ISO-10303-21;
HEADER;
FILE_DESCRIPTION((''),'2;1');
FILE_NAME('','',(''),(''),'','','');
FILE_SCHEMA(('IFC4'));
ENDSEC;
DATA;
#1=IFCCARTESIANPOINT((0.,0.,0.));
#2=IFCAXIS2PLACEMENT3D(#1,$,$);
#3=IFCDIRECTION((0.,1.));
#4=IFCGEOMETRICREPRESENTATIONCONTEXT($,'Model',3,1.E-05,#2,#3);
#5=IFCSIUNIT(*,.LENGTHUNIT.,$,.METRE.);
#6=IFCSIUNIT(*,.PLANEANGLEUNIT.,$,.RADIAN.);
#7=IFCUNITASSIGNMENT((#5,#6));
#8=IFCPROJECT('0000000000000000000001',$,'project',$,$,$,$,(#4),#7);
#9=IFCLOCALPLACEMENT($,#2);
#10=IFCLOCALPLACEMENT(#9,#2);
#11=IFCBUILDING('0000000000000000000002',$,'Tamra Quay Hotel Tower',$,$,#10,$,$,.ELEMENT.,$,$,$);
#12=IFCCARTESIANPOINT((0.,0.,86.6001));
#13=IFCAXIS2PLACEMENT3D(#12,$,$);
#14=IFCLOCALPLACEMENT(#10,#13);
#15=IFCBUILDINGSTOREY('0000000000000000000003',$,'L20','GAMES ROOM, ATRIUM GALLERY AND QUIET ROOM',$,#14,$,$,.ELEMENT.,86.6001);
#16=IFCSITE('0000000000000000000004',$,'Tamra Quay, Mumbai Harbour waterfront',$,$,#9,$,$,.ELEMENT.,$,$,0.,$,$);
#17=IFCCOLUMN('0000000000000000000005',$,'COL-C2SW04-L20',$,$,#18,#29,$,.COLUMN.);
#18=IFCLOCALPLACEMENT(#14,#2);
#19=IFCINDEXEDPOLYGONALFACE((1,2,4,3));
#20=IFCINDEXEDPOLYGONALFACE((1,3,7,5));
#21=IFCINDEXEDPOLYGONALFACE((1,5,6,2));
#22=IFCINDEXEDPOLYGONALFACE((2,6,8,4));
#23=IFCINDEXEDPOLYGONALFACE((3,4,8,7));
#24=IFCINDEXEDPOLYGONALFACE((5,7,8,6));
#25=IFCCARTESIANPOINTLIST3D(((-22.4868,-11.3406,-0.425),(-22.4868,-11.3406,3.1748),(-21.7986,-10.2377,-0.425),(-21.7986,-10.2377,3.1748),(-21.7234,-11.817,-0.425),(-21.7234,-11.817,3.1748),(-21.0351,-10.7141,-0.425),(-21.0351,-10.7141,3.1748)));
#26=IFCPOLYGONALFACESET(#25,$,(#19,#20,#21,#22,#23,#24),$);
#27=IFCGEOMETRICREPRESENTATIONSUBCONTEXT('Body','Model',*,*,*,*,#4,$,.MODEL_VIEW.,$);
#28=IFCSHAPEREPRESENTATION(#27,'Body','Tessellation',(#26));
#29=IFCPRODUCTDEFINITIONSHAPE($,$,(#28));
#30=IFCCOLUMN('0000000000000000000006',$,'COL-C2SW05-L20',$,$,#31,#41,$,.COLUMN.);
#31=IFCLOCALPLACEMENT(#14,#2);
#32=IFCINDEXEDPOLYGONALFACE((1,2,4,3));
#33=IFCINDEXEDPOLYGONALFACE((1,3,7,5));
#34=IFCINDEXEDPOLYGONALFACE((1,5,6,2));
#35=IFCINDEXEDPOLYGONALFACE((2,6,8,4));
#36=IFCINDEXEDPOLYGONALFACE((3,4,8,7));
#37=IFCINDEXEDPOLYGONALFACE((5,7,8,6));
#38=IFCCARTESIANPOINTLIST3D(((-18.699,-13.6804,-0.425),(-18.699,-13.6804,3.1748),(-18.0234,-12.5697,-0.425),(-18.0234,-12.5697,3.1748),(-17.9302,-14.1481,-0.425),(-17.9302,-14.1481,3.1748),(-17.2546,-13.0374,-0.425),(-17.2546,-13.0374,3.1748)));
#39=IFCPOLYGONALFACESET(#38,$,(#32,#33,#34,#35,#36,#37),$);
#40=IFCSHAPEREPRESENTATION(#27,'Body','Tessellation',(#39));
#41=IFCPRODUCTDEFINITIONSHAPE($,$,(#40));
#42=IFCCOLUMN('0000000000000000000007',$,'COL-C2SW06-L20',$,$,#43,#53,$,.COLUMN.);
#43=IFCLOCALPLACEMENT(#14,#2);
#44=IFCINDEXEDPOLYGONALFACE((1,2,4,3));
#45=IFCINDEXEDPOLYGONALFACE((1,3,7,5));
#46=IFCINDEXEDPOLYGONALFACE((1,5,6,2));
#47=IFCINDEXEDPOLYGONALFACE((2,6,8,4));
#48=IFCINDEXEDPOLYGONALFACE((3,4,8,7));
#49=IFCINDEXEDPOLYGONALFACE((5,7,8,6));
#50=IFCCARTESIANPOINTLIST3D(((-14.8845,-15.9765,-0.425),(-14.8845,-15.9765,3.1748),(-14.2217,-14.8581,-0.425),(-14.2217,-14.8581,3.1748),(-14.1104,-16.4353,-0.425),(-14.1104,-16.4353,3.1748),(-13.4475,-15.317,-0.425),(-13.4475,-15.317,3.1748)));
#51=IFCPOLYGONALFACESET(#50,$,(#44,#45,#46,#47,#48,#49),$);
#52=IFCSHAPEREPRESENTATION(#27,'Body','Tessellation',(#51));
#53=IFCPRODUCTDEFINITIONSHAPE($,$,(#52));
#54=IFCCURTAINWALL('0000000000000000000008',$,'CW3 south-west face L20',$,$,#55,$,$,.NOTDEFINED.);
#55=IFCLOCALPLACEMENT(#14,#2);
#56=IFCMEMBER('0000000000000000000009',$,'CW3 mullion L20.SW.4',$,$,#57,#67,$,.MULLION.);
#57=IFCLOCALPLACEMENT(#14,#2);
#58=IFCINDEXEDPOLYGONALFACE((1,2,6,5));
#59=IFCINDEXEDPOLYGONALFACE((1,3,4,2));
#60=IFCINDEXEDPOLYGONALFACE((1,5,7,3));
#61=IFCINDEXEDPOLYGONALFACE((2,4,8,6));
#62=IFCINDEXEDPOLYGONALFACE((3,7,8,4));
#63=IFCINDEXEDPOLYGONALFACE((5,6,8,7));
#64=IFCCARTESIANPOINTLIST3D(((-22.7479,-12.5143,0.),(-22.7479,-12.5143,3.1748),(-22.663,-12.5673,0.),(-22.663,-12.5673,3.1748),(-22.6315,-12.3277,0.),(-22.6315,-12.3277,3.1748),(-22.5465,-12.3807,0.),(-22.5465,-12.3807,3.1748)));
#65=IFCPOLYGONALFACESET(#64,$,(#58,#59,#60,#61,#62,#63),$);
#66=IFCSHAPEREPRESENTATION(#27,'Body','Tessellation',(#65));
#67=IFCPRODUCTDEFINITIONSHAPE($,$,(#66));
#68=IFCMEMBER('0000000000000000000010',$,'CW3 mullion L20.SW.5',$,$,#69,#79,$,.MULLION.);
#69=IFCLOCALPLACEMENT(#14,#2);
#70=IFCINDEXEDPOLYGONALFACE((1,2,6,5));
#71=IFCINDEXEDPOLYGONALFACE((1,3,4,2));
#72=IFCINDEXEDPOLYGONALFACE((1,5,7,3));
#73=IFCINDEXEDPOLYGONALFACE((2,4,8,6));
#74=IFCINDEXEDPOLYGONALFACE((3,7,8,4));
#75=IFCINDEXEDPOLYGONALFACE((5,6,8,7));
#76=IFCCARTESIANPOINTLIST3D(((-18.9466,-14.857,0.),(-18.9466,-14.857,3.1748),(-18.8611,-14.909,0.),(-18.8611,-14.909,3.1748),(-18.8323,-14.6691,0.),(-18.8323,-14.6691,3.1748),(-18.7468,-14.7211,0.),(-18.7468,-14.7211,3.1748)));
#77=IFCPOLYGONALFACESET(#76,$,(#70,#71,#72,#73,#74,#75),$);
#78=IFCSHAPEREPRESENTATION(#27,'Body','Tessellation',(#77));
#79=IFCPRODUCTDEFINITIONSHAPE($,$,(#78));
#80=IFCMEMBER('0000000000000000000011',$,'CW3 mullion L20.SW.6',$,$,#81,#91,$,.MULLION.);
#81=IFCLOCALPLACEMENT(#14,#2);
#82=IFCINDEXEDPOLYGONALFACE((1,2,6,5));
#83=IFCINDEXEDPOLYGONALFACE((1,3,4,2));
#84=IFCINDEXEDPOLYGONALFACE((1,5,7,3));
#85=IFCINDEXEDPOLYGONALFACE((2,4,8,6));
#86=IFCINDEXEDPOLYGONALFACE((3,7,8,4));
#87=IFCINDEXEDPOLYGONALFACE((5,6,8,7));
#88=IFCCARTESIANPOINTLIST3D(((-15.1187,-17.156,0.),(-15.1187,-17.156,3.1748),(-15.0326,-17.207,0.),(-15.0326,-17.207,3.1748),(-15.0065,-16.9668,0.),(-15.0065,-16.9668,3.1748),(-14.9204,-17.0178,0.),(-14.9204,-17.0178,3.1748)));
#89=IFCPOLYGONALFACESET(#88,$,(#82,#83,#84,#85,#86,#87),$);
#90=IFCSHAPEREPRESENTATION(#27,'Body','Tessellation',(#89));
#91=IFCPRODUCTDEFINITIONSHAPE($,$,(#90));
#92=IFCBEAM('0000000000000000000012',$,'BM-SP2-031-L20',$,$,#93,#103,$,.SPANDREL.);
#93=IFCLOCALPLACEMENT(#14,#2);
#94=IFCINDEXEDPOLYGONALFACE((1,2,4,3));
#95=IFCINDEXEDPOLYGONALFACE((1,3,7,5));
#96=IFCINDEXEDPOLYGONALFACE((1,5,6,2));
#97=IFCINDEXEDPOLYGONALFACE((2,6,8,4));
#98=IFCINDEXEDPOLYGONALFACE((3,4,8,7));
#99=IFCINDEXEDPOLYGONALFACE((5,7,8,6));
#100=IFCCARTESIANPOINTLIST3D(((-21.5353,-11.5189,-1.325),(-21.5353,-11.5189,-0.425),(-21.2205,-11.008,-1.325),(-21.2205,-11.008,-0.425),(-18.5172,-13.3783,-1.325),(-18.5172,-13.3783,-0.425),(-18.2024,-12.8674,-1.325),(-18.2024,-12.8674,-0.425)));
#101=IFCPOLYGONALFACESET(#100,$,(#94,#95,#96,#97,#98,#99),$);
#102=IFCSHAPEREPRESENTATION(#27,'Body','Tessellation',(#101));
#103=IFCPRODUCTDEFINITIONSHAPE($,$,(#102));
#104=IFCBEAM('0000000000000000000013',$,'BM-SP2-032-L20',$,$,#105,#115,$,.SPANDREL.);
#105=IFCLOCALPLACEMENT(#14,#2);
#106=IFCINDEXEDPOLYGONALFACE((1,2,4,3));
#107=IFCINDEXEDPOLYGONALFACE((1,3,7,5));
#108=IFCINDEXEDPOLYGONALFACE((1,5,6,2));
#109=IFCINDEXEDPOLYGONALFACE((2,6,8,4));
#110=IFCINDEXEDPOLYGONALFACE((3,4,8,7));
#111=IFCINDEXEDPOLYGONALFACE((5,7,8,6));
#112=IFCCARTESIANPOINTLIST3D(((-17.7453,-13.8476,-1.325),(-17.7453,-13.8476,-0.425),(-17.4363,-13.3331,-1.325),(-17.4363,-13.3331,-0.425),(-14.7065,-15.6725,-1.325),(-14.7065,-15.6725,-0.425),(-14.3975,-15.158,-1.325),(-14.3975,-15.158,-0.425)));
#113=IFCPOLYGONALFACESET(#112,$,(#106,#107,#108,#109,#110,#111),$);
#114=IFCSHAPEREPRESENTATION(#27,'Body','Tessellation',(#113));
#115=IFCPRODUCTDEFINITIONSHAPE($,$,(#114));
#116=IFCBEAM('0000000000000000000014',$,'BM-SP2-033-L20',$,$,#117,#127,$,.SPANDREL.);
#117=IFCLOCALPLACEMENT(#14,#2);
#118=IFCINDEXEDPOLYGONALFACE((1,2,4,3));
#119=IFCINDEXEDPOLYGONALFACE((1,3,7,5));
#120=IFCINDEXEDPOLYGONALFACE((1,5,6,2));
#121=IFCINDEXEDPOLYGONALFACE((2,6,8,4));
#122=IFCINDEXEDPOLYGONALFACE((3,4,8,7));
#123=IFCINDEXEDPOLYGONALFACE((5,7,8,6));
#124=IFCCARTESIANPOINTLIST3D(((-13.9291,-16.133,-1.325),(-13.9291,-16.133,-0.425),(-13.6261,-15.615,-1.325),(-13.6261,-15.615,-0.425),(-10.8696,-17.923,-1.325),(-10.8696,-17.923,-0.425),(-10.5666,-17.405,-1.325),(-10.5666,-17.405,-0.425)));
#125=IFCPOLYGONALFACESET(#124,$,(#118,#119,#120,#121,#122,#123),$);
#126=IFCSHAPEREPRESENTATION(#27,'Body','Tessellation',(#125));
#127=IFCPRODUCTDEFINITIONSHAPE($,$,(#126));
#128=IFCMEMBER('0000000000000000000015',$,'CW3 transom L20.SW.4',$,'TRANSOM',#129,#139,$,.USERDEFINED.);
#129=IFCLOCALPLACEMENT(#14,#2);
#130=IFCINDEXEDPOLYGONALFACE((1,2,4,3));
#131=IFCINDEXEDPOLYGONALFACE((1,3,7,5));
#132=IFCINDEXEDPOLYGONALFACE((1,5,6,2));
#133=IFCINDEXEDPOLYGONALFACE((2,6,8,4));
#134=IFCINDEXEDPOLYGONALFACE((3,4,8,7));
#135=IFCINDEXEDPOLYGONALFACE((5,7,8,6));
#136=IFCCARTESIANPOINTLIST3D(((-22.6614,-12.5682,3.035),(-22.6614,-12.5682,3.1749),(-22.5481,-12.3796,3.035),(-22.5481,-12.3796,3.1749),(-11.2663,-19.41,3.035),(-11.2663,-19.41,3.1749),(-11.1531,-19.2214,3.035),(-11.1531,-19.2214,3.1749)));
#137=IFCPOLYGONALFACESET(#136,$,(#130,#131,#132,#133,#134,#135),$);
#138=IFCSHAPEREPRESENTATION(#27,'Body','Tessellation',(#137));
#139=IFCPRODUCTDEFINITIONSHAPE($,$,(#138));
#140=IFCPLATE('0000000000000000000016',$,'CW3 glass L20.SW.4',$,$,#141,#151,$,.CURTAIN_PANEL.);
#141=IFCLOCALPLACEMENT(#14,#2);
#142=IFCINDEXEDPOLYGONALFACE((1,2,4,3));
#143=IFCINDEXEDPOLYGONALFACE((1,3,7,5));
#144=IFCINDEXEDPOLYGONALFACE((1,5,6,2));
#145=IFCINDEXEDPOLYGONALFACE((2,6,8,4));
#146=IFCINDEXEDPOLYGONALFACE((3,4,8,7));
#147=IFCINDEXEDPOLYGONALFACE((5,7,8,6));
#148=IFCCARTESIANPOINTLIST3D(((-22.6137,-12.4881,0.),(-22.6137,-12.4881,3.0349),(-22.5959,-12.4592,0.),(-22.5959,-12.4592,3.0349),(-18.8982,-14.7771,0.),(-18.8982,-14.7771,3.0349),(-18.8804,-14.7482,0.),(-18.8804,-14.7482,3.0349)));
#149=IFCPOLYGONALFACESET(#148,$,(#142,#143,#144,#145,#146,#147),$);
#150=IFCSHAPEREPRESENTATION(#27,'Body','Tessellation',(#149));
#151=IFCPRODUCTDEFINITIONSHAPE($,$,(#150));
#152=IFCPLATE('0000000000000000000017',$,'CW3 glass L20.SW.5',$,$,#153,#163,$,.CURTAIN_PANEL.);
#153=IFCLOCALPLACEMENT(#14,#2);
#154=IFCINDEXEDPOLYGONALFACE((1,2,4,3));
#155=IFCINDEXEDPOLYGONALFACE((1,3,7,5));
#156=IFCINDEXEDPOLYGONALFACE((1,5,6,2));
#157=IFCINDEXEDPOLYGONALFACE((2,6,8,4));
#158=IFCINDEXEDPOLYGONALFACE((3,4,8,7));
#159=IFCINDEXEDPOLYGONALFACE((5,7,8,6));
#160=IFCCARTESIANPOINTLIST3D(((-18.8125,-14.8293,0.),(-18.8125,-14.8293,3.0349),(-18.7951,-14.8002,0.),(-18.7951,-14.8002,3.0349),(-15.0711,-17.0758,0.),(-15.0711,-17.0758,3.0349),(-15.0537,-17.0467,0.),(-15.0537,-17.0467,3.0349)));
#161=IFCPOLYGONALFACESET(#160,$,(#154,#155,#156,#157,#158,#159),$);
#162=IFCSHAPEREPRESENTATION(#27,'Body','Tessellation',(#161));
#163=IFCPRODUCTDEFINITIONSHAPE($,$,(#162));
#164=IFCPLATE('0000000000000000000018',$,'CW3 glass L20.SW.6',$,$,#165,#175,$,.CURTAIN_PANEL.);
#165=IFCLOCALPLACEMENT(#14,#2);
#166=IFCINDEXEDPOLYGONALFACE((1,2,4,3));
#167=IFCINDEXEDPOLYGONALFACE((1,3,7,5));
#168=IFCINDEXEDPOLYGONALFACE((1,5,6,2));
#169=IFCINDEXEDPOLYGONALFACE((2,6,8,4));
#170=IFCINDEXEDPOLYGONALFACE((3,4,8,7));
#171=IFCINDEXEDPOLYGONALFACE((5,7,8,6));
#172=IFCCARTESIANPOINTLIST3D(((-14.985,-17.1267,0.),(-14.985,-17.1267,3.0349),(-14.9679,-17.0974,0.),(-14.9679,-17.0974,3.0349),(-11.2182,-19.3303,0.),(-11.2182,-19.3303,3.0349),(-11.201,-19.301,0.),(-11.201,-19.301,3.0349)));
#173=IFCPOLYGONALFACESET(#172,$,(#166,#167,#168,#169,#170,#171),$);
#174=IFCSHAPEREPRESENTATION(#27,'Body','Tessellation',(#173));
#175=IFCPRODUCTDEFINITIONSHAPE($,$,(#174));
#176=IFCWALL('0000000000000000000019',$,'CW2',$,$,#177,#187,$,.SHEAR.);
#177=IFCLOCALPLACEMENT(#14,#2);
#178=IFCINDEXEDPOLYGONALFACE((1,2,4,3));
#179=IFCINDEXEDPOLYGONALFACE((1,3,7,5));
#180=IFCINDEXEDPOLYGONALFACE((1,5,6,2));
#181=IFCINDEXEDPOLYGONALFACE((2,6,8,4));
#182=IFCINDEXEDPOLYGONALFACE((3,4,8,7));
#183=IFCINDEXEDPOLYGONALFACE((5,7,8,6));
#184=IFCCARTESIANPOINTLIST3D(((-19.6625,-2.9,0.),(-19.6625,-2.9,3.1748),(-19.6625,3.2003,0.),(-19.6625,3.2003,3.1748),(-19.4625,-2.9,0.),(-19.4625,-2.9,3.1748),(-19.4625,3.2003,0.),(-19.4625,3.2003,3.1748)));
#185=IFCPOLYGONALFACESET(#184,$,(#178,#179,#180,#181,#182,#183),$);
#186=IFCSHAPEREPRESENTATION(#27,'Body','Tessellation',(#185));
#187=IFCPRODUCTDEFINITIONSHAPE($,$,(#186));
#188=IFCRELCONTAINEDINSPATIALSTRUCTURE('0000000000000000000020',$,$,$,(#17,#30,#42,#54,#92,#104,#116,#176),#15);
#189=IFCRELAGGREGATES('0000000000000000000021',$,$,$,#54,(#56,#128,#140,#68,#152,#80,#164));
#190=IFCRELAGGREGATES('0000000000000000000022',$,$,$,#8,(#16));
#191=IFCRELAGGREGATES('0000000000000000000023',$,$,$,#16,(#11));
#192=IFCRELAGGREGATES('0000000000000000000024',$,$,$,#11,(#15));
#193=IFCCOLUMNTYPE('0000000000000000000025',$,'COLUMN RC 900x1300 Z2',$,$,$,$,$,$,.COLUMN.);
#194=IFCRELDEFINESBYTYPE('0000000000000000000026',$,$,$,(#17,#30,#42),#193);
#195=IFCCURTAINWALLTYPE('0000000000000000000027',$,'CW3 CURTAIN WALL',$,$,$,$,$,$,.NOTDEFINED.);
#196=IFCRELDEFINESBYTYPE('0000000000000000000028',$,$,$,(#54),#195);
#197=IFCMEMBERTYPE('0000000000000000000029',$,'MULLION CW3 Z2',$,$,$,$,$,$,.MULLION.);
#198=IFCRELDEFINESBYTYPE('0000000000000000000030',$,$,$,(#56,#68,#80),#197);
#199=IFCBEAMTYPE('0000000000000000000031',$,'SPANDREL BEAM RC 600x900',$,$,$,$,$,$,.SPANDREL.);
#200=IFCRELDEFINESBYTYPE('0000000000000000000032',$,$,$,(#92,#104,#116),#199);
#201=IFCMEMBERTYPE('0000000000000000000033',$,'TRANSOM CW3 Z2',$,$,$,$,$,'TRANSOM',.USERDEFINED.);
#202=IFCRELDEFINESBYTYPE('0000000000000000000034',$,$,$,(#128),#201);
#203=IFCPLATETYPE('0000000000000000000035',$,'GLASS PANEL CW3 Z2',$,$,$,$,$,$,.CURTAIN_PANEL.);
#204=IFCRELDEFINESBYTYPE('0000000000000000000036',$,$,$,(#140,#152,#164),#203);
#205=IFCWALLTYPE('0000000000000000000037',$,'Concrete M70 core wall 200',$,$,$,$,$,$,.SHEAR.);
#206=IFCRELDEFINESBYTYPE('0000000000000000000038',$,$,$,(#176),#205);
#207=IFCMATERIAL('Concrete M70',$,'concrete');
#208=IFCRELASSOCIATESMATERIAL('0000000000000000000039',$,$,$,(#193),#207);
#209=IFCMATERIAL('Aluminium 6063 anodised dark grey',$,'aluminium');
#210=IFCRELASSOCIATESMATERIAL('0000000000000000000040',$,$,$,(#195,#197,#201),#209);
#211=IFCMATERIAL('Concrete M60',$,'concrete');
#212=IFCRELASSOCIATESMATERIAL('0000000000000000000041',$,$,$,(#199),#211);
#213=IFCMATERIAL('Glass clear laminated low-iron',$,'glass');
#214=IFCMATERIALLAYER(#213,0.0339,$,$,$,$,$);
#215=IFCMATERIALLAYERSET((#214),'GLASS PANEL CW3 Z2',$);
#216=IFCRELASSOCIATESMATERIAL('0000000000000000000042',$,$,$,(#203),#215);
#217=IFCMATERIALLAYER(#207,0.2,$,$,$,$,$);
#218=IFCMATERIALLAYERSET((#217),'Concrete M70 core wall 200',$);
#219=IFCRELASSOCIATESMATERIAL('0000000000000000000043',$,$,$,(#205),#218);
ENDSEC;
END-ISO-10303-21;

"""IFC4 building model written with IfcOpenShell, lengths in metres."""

from ifc_helpers import new_model, si_unit, direction, frame, frame_2d, origin, origin_2d, place, context, subcontext, project, spatial, rectangle, extrude, material, layer, layer_set, material_profile, profile_set, type_object, element, aggregate, save


model = new_model("IFC4")

# Units and contexts
model_context = context("Model", 3, precision=1e-05, world=origin(), true_north=direction((0.0, 1.0)))
body_context = subcontext(model_context, "Body", "Model", "MODEL_VIEW")
ifc_project = project(units=[si_unit("LENGTHUNIT", "METRE"), si_unit("PLANEANGLEUNIT", "RADIAN")], contexts=[model_context])

# Site, building, storey
site_placement = place(None, origin())
site = spatial("IfcSite", under=ifc_project, at=site_placement, Name="Tamra Quay, Mumbai Harbour waterfront", CompositionType="ELEMENT", RefElevation=0.0)
building_placement = place(site_placement, origin())
building = spatial("IfcBuilding", under=site, at=building_placement, Name="Tamra Quay Hotel Tower", CompositionType="ELEMENT")
storey_placement = place(building_placement, frame((0.0, 0.0, 86.6001)))
storey = spatial("IfcBuildingStorey", under=building, at=storey_placement, Name="L20", Description="GAMES ROOM, ATRIUM GALLERY AND QUIET ROOM", CompositionType="ELEMENT", Elevation=86.6001)

# Columns
ifc_material_1 = material(Name="Concrete M70", Category="concrete")
ifc_material_profile_1 = material_profile(ifc_material_1, rectangle(XDim=1.3, YDim=0.8999, at=origin_2d()), Name="COLUMN RC 900x1300 Z2")
ifc_profile_set_1 = profile_set([ifc_material_profile_1], Name="Concrete M70")
column_type = type_object("IfcColumnType", Name="COLUMN RC 900x1300 Z2", PredefinedType="COLUMN", material=ifc_profile_set_1)
for number, where, z_axis, x_axis, name in (
    (1, (-21.761, -11.0273, -0.425), (0.0, 0.0, 1.0), (0.52941, 0.848366, 0.0), "COL-C2SW04-L20"),
    (2, (-17.9768, -13.3589, -0.425), (0.0, 0.0, 1.0), (0.519679, 0.854362, 0.0), "COL-C2SW05-L20"),
    (3, (-14.166, -15.6467, -0.425), (0.0, 0.0, 1.0), (0.509873, 0.860249, 0.0), "COL-C2SW06-L20"),
):
    element("IfcColumn", number, at=place(storey_placement, frame(where, z_axis=z_axis, x_axis=x_axis)), inside=storey, type_object=column_type, Name=name, PredefinedType="COLUMN", context=body_context, shape_type="SweptSolid", body=[
        extrude(rectangle(XDim=1.3, YDim=0.8999, at=origin_2d()), origin(), (0.0, 0.0, 1.0), 3.5999),
    ])

# Curtain wall, members
ifc_material_2 = material(Name="Aluminium 6063 anodised dark grey", Category="aluminium")
curtain_wall_type = type_object("IfcCurtainWallType", Name="CW3 CURTAIN WALL", PredefinedType="NOTDEFINED", material=ifc_material_2)
curtain_wall_placement = place(storey_placement, origin())
curtain_wall = element("IfcCurtainWall", 4, at=curtain_wall_placement, inside=storey, type_object=curtain_wall_type, Name="CW3 south-west face L20", PredefinedType="NOTDEFINED")
ifc_material_profile_2 = material_profile(ifc_material_2, rectangle(XDim=0.22, YDim=0.1001, at=origin_2d()), Name="MULLION 100X220")
ifc_profile_set_2 = profile_set([ifc_material_profile_2], Name="Aluminium 6063 anodised dark grey")
member_type_1 = type_object("IfcMemberType", Name="MULLION CW3 Z2", PredefinedType="MULLION", material=ifc_profile_set_2)
member_1_placement = place(storey_placement, frame((-22.6472, -12.4475, 0.0), z_axis=(0.0, 0.0, 1.0), x_axis=(-0.529364, -0.848395, 0.0)))
member_1 = element("IfcMember", 5, at=member_1_placement, type_object=member_type_1, Name="CW3 mullion L20.SW.4", PredefinedType="MULLION", context=body_context, shape_type="SweptSolid", body=[
    extrude(rectangle(XDim=0.22, YDim=0.1001, at=origin_2d()), origin(), (0.0, 0.0, 1.0), 3.1748),
])
member_2_placement = place(storey_placement, frame((-18.8467, -14.7891, 0.0), z_axis=(0.0, 0.0, 1.0), x_axis=(-0.51965, -0.854379, 0.0)))
member_2 = element("IfcMember", 6, at=member_2_placement, type_object=member_type_1, Name="CW3 mullion L20.SW.5", PredefinedType="MULLION", context=body_context, shape_type="SweptSolid", body=[
    extrude(rectangle(XDim=0.22, YDim=0.1001, at=origin_2d()), origin(), (0.0, 0.0, 1.0), 3.1748),
])
member_3_placement = place(storey_placement, frame((-15.0195, -17.0869, 0.0), z_axis=(0.0, 0.0, 1.0), x_axis=(-0.50986, -0.860257, 0.0)))
member_3 = element("IfcMember", 7, at=member_3_placement, type_object=member_type_1, Name="CW3 mullion L20.SW.6", PredefinedType="MULLION", context=body_context, shape_type="SweptSolid", body=[
    extrude(rectangle(XDim=0.22, YDim=0.1001, at=origin_2d()), origin(), (0.0, 0.0, 1.0), 3.1748),
])

# Beams
ifc_material_3 = material(Name="Concrete M60", Category="concrete")
ifc_material_profile_3 = material_profile(ifc_material_3, rectangle(XDim=0.6001, YDim=0.8999, at=origin_2d()), Name="SPANDREL BEAM RC 600x900")
ifc_profile_set_3 = profile_set([ifc_material_profile_3], Name="Concrete M60")
beam_type = type_object("IfcBeamType", Name="SPANDREL BEAM RC 600x900", PredefinedType="SPANDREL", material=ifc_profile_set_3)
beam_placement = place(storey_placement, frame((-21.3779, -11.2634, -0.875), z_axis=(0.851393, -0.524528, 0.0), x_axis=(0.524528, 0.851393, 0.0)))
element("IfcBeam", 8, at=beam_placement, inside=storey, type_object=beam_type, Name="BM-SP2-031-L20", PredefinedType="SPANDREL", context=body_context, shape_type="SweptSolid", body=[
    extrude(rectangle(XDim=0.6001, YDim=0.8999, at=origin_2d()), origin(), (0.0, 0.0, 1.0), 3.5449),
])
for number, where, z_axis, x_axis, name in (
    (9, (-17.5908, -13.5903, -0.875), (0.857286, -0.51484, 0.0), (0.51484, 0.857286, 0.0), "BM-SP2-032-L20"),
    (10, (-13.7776, -15.874, -0.875), (0.863129, -0.504984, 0.0), (0.504984, 0.863129, 0.0), "BM-SP2-033-L20"),
):
    element("IfcBeam", number, at=place(storey_placement, frame(where, z_axis=z_axis, x_axis=x_axis)), inside=storey, type_object=beam_type, Name=name, PredefinedType="SPANDREL", context=body_context, shape_type="SweptSolid", body=[
        extrude(rectangle(XDim=0.6001, YDim=0.8999, at=origin_2d()), origin(), (0.0, 0.0, 1.0), 3.5447),
    ])

# Member
ifc_material_profile_4 = material_profile(ifc_material_2, rectangle(XDim=0.22, YDim=0.1399, at=origin_2d()), Name="TRANSOM 220X140")
ifc_profile_set_4 = profile_set([ifc_material_profile_4], Name="Aluminium 6063 anodised dark grey")
member_type_2 = type_object("IfcMemberType", Name="TRANSOM CW3 Z2", ElementType="TRANSOM", PredefinedType="USERDEFINED", material=ifc_profile_set_4)
member_4_placement = place(storey_placement, frame((-22.6047, -12.4739, 3.105), z_axis=(0.857334, -0.51476, 0.0), x_axis=(0.51476, 0.857334, 0.0)))
member_4 = element("IfcMember", 11, at=member_4_placement, type_object=member_type_2, Name="CW3 transom L20.SW.4", ObjectType="TRANSOM", PredefinedType="USERDEFINED", context=body_context, shape_type="SweptSolid", body=[
    extrude(rectangle(XDim=0.22, YDim=0.1399, at=origin_2d()), origin(), (0.0, 0.0, 1.0), 13.2913),
])

# Plates
ifc_material_4 = material(Name="Glass clear laminated low-iron", Category="glass")
ifc_layer_1 = layer(ifc_material_4, 0.0339)
ifc_layer_set_1 = layer_set([ifc_layer_1], Name="GLASS PANEL CW3 Z2")
plate_type = type_object("IfcPlateType", Name="GLASS PANEL CW3 Z2", PredefinedType="CURTAIN_PANEL", material=ifc_layer_set_1)
plate_1_placement = place(storey_placement, frame((-20.7471, -13.6182, 0.0), z_axis=(0.0, 0.0, 1.0), x_axis=(0.851399, -0.524518, 0.0)))
plate_1 = element("IfcPlate", 12, at=plate_1_placement, type_object=plate_type, Name="CW3 glass L20.SW.4", PredefinedType="CURTAIN_PANEL", context=body_context, shape_type="SweptSolid", body=[
    extrude(rectangle(XDim=4.364, YDim=0.0339, at=origin_2d()), origin(), (0.0, 0.0, 1.0), 3.0349),
])
plate_2_placement = place(storey_placement, frame((-16.9331, -15.938, 0.0), z_axis=(0.0, 0.0, 1.0), x_axis=(0.857331, -0.514765, 0.0)))
plate_2 = element("IfcPlate", 13, at=plate_2_placement, type_object=plate_type, Name="CW3 glass L20.SW.5", PredefinedType="CURTAIN_PANEL", context=body_context, shape_type="SweptSolid", body=[
    extrude(rectangle(XDim=4.364, YDim=0.0339, at=origin_2d()), origin(), (0.0, 0.0, 1.0), 3.0349),
])
plate_3_placement = place(storey_placement, frame((-13.093, -18.2139, 0.0), z_axis=(0.0, 0.0, 1.0), x_axis=(0.863155, -0.504939, 0.0)))
plate_3 = element("IfcPlate", 14, at=plate_3_placement, type_object=plate_type, Name="CW3 glass L20.SW.6", PredefinedType="CURTAIN_PANEL", context=body_context, shape_type="SweptSolid", body=[
    extrude(rectangle(XDim=4.364, YDim=0.0339, at=origin_2d()), origin(), (0.0, 0.0, 1.0), 3.0349),
])
aggregate(curtain_wall, [member_1, member_4, plate_1, member_2, plate_2, member_3, plate_3])

# Wall
ifc_layer_2 = layer(ifc_material_1, 0.2)
ifc_layer_set_2 = layer_set([ifc_layer_2], Name="Concrete M70 core wall 200")
wall_type_1 = type_object("IfcWallType", Name="Concrete M70 core wall 200", PredefinedType="SHEAR", material=ifc_layer_set_2)
wall_1_placement = place(storey_placement, frame((-19.5625, -2.9001, 0.0), z_axis=(0.0, 0.0, 1.0), x_axis=(0.0, 1.0, 0.0)))
element("IfcWall", 15, at=wall_1_placement, inside=storey, type_object=wall_type_1, Name="CW2", PredefinedType="SHEAR", context=body_context, shape_type="SweptSolid", body=[
    extrude(rectangle(XDim=6.1003, YDim=0.2, at=frame_2d((3.0503, 0.0))), origin(), (0.0, 0.0, 1.0), 3.1748),
])

save(model, "model.ifc")
